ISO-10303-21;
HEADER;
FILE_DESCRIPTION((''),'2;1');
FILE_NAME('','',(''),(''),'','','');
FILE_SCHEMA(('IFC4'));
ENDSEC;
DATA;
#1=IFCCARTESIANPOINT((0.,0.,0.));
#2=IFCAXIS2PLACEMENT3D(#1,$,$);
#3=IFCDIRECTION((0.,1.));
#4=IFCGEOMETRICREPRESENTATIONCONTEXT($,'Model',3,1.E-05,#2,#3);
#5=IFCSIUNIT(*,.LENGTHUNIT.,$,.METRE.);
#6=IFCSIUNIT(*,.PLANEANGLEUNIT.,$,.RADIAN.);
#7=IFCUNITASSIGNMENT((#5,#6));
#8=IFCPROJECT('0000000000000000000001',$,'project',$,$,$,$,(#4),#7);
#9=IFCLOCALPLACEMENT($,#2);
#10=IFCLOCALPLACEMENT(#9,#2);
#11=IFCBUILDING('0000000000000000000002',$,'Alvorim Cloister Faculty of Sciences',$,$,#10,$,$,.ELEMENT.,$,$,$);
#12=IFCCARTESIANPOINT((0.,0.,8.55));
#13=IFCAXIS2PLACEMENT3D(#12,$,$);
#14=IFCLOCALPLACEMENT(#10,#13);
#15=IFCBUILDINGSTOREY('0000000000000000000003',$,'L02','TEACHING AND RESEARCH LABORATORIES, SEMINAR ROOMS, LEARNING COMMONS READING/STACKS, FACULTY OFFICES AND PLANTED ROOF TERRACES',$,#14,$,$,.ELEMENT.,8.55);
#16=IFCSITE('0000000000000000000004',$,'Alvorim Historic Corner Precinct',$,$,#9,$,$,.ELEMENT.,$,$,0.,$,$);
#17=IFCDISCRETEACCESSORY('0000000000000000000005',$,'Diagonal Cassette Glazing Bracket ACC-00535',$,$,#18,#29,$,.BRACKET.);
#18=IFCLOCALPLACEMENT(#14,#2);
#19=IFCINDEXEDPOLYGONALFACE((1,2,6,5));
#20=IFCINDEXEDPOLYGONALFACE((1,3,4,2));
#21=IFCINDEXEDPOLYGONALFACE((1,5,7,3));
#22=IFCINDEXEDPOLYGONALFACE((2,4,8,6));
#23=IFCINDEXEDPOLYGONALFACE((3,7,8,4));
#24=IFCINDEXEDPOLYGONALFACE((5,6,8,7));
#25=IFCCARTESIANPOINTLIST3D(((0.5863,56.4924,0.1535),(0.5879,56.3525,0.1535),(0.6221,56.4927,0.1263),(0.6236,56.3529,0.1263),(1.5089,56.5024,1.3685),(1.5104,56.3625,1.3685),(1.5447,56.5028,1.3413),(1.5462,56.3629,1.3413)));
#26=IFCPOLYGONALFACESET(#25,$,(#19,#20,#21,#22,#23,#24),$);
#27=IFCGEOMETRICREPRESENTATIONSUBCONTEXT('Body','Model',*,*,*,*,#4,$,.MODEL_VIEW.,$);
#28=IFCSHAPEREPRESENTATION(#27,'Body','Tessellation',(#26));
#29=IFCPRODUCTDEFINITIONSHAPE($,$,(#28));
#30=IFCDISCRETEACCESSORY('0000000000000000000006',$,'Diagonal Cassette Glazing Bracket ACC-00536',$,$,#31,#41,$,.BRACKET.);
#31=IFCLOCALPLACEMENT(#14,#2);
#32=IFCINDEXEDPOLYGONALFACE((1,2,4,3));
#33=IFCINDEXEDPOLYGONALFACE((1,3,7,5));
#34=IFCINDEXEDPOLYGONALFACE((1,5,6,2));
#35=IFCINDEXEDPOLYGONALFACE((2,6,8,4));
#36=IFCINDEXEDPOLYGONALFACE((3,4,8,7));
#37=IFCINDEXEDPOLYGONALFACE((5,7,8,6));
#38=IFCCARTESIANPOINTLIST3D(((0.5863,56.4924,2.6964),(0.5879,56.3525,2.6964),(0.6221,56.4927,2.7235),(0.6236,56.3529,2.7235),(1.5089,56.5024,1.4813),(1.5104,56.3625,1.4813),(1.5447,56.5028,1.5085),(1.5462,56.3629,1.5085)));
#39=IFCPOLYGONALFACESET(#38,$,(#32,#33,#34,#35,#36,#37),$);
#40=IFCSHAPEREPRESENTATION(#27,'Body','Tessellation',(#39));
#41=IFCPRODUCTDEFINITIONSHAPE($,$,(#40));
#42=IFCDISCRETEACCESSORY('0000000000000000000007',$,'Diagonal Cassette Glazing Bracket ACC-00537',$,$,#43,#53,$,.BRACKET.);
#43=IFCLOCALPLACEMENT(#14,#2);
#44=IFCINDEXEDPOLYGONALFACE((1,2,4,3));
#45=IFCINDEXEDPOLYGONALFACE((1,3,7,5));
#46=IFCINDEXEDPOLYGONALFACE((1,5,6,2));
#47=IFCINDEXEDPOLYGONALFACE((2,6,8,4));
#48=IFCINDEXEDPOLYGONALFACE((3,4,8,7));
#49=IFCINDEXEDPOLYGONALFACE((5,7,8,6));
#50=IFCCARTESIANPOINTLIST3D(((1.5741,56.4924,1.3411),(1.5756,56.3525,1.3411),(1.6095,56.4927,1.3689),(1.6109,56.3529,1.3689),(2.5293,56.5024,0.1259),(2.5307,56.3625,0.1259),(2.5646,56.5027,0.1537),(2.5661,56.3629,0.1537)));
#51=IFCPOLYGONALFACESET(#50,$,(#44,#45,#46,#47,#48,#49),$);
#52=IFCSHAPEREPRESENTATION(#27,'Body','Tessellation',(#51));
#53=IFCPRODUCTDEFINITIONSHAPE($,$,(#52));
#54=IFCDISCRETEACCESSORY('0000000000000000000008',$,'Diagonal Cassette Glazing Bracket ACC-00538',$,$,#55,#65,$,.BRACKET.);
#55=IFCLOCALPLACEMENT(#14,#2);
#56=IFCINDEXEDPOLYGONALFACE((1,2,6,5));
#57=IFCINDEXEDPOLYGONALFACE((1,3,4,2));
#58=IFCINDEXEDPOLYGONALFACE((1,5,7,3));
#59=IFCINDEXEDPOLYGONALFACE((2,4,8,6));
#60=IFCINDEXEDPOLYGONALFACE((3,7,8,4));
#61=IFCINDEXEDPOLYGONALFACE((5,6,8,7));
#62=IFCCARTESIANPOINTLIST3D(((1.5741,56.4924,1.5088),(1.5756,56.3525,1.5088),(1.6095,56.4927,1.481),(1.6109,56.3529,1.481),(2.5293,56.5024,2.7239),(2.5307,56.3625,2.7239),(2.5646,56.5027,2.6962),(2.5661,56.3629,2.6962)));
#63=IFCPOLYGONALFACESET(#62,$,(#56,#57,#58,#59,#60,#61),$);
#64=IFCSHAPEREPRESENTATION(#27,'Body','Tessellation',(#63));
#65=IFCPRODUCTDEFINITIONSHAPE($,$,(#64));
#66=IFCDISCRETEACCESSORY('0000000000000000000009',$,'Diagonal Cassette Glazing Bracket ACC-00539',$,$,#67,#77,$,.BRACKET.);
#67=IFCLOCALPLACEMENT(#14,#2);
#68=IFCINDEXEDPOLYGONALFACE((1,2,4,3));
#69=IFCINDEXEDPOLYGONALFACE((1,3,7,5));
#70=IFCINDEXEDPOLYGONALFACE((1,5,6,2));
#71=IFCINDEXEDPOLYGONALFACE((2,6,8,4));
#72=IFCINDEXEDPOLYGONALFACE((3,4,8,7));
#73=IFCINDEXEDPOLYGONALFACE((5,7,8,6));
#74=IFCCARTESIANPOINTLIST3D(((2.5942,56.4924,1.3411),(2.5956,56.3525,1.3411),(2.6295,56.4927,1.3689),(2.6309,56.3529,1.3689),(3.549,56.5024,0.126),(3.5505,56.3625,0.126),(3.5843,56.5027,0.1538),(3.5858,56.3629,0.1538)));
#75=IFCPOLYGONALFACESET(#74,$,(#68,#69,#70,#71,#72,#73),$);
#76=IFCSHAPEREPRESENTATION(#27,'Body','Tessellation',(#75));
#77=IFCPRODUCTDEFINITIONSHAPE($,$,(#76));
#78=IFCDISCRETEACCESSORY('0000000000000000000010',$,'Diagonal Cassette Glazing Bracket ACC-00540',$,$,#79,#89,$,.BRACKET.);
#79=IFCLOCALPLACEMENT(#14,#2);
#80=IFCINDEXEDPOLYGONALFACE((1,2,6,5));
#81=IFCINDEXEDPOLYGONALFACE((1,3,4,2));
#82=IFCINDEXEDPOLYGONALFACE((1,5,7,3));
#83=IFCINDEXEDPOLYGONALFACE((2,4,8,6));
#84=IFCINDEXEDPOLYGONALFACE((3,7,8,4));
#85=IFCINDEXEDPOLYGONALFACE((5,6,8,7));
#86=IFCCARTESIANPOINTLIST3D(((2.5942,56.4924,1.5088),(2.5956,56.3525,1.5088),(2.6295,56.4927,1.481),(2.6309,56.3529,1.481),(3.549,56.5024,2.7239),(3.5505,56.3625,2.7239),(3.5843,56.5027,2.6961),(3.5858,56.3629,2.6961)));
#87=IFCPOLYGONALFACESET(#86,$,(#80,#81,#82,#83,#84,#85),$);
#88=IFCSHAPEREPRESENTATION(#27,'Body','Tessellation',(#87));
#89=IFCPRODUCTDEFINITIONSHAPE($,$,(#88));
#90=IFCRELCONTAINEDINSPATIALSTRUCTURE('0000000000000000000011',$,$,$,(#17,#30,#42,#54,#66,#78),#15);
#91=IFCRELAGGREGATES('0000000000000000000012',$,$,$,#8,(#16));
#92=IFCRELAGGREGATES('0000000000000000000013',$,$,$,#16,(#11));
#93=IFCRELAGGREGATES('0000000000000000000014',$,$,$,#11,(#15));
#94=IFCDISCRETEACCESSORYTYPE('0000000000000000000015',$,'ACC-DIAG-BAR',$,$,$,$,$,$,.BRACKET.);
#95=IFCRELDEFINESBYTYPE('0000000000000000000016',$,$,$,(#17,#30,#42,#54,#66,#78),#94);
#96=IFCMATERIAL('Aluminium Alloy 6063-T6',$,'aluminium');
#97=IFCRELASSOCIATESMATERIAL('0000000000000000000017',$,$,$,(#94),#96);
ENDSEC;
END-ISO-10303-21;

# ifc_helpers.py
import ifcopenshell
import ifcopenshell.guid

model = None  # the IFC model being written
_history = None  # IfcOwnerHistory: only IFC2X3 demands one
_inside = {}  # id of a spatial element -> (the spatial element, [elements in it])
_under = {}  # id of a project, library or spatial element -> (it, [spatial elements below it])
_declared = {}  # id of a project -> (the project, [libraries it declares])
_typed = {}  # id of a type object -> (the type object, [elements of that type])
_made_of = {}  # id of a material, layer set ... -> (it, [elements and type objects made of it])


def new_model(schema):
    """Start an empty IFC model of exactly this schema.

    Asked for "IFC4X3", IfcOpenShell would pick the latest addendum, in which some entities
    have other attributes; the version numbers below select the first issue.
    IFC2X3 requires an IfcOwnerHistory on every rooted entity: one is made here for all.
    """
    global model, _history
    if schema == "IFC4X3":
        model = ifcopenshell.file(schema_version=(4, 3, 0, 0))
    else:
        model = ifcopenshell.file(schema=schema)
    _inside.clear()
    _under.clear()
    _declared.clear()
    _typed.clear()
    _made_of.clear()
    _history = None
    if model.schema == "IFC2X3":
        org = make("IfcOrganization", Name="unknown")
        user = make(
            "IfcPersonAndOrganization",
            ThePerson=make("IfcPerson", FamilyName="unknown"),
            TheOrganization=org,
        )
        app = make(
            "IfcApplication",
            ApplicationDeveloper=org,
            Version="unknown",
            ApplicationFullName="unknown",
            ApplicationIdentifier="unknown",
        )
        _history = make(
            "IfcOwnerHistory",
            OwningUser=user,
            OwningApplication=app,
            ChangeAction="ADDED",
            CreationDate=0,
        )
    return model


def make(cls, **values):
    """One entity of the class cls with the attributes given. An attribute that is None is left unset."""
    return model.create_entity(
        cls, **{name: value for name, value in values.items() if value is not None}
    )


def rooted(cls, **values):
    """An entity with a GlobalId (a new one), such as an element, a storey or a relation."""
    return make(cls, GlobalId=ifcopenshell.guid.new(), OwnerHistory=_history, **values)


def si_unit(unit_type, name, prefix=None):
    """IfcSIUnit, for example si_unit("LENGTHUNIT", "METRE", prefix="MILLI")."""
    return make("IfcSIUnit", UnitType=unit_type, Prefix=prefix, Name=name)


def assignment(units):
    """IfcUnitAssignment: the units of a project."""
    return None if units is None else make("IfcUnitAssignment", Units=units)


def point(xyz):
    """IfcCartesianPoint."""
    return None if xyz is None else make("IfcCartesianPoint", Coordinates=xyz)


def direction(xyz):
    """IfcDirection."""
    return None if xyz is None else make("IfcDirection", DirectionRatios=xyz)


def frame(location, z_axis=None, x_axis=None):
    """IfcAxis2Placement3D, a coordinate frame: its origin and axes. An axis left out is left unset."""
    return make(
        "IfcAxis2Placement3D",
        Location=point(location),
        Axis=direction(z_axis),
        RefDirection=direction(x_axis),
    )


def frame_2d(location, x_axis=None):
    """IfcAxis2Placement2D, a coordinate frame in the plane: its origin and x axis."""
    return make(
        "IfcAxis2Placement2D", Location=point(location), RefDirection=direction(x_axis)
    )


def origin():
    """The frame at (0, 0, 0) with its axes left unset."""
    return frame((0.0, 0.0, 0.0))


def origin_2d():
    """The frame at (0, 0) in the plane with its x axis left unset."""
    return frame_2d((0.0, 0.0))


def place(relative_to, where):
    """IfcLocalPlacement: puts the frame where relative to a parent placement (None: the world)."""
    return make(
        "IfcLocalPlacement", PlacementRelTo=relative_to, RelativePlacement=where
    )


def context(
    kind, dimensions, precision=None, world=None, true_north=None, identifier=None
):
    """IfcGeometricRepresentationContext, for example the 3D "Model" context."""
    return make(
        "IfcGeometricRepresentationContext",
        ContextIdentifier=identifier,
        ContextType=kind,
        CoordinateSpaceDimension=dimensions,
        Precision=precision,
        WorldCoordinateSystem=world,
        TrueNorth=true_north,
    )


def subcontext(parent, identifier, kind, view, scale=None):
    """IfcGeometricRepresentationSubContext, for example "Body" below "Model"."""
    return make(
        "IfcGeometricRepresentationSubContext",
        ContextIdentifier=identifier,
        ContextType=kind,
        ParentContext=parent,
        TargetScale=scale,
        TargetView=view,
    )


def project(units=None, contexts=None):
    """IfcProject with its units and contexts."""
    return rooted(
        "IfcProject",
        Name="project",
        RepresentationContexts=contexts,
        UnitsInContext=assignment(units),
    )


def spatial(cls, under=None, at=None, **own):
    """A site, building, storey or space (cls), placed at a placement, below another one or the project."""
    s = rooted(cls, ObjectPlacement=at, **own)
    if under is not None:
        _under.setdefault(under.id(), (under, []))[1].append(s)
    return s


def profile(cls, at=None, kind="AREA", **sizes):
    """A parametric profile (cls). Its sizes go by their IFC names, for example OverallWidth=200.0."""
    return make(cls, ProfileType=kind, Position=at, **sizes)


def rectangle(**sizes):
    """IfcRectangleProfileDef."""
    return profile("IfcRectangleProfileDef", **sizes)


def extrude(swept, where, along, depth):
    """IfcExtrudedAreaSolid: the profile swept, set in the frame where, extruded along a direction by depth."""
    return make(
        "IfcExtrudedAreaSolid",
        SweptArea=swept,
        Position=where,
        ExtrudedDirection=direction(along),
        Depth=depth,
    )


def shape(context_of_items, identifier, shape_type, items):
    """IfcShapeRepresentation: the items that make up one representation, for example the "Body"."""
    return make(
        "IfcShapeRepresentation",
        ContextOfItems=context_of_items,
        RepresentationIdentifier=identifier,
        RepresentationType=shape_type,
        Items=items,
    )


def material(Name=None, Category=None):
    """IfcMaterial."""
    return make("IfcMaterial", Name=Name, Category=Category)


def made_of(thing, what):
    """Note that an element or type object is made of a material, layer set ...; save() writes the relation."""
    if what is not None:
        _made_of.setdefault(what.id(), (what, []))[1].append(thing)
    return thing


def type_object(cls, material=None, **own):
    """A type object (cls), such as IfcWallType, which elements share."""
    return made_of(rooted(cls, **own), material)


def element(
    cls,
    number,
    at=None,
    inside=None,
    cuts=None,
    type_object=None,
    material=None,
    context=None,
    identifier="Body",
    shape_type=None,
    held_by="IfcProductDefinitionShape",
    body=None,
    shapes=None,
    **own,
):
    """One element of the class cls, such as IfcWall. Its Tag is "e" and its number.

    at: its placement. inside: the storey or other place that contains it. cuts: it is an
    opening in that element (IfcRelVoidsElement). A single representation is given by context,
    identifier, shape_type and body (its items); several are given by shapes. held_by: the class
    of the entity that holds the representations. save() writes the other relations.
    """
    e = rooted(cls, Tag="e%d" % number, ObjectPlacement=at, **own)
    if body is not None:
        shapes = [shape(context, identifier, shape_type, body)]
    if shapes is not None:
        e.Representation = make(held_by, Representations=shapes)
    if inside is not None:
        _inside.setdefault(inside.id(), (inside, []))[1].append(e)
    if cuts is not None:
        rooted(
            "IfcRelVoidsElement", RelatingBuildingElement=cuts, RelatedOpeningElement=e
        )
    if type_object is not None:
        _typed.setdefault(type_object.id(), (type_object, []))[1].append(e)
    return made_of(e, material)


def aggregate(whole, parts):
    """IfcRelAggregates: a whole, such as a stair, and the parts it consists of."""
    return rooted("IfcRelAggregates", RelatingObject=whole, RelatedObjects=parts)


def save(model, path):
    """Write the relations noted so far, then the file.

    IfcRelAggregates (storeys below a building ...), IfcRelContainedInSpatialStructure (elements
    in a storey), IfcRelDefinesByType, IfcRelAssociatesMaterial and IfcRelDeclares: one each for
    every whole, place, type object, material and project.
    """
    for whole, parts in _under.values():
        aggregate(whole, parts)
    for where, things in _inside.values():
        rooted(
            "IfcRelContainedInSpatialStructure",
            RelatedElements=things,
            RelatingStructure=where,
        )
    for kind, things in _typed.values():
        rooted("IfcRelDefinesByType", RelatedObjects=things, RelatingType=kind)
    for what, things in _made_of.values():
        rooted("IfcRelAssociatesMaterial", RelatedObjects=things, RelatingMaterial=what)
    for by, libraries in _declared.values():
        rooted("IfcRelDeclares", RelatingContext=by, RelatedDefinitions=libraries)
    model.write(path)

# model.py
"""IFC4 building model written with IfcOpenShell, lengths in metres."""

from ifc_helpers import new_model, si_unit, direction, frame, origin, origin_2d, place, context, subcontext, project, spatial, rectangle, extrude, material, type_object, element, save


model = new_model("IFC4")

# Units and contexts
model_context = context("Model", 3, precision=1e-05, world=origin(), true_north=direction((0.0, 1.0)))
body_context = subcontext(model_context, "Body", "Model", "MODEL_VIEW")
ifc_project = project(units=[si_unit("LENGTHUNIT", "METRE"), si_unit("PLANEANGLEUNIT", "RADIAN")], contexts=[model_context])

# Site, building, storey
site_placement = place(None, origin())
site = spatial("IfcSite", under=ifc_project, at=site_placement, Name="Alvorim Historic Corner Precinct", CompositionType="ELEMENT", RefElevation=0.0)
building_placement = place(site_placement, origin())
building = spatial("IfcBuilding", under=site, at=building_placement, Name="Alvorim Cloister Faculty of Sciences", CompositionType="ELEMENT")
storey_placement = place(building_placement, frame((0.0, 0.0, 8.55)))
storey = spatial("IfcBuildingStorey", under=building, at=storey_placement, Name="L02", Description="TEACHING AND RESEARCH LABORATORIES, SEMINAR ROOMS, LEARNING COMMONS READING/STACKS, FACULTY OFFICES AND PLANTED ROOF TERRACES", CompositionType="ELEMENT", Elevation=8.55)

# Shared definitions
ifc_material_1 = material(Name="Aluminium Alloy 6063-T6", Category="aluminium")

# Discrete accessories
discrete_accessory_type = type_object("IfcDiscreteAccessoryType", Name="ACC-DIAG-BAR", PredefinedType="BRACKET", material=ifc_material_1)
for number, where, z_axis, x_axis, name in (
    (1, (0.605, 56.4226, 0.1399), (0.604713, 0.006561, 0.796416), (-0.010849, 0.999941, 0.0), "Diagonal Cassette Glazing Bracket ACC-00535"),
    (2, (0.605, 56.4226, 2.71), (0.604713, 0.006561, -0.796416), (-0.010849, 0.999941, 0.0), "Diagonal Cassette Glazing Bracket ACC-00536"),
):
    element("IfcDiscreteAccessory", number, at=place(storey_placement, frame(where, z_axis=z_axis, x_axis=x_axis)), inside=storey, type_object=discrete_accessory_type, Name=name, PredefinedType="BRACKET", context=body_context, shape_type="SweptSolid", body=[
        extrude(rectangle(XDim=0.1399, YDim=0.0449, at=origin_2d()), origin(), (0.0, 0.0, 1.0), 1.5256),
    ])
for number, where, z_axis, x_axis, name in (
    (3, (1.5925, 56.4226, 1.355), (0.617955, 0.006477, -0.786187), (-0.01048, 0.999945, 0.0), "Diagonal Cassette Glazing Bracket ACC-00537"),
    (4, (1.5925, 56.4226, 1.4949), (0.617955, 0.006477, 0.786187), (-0.01048, 0.999945, 0.0), "Diagonal Cassette Glazing Bracket ACC-00538"),
):
    element("IfcDiscreteAccessory", number, at=place(storey_placement, frame(where, z_axis=z_axis, x_axis=x_axis)), inside=storey, type_object=discrete_accessory_type, Name=name, PredefinedType="BRACKET", context=body_context, shape_type="SweptSolid", body=[
        extrude(rectangle(XDim=0.1399, YDim=0.0449, at=origin_2d()), origin(), (0.0, 0.0, 1.0), 1.5457),
    ])
for number, where, z_axis, x_axis, name in (
    (5, (2.6125, 56.4226, 1.355), (0.617857, 0.006477, -0.786263), (-0.010483, 0.999945, 0.0), "Diagonal Cassette Glazing Bracket ACC-00539"),
    (6, (2.6125, 56.4226, 1.4949), (0.617857, 0.006477, 0.786263), (-0.010483, 0.999945, 0.0), "Diagonal Cassette Glazing Bracket ACC-00540"),
):
    element("IfcDiscreteAccessory", number, at=place(storey_placement, frame(where, z_axis=z_axis, x_axis=x_axis)), inside=storey, type_object=discrete_accessory_type, Name=name, PredefinedType="BRACKET", context=body_context, shape_type="SweptSolid", body=[
        extrude(rectangle(XDim=0.1399, YDim=0.0449, at=origin_2d()), origin(), (0.0, 0.0, 1.0), 1.5454),
    ])

save(model, "model.ifc")
